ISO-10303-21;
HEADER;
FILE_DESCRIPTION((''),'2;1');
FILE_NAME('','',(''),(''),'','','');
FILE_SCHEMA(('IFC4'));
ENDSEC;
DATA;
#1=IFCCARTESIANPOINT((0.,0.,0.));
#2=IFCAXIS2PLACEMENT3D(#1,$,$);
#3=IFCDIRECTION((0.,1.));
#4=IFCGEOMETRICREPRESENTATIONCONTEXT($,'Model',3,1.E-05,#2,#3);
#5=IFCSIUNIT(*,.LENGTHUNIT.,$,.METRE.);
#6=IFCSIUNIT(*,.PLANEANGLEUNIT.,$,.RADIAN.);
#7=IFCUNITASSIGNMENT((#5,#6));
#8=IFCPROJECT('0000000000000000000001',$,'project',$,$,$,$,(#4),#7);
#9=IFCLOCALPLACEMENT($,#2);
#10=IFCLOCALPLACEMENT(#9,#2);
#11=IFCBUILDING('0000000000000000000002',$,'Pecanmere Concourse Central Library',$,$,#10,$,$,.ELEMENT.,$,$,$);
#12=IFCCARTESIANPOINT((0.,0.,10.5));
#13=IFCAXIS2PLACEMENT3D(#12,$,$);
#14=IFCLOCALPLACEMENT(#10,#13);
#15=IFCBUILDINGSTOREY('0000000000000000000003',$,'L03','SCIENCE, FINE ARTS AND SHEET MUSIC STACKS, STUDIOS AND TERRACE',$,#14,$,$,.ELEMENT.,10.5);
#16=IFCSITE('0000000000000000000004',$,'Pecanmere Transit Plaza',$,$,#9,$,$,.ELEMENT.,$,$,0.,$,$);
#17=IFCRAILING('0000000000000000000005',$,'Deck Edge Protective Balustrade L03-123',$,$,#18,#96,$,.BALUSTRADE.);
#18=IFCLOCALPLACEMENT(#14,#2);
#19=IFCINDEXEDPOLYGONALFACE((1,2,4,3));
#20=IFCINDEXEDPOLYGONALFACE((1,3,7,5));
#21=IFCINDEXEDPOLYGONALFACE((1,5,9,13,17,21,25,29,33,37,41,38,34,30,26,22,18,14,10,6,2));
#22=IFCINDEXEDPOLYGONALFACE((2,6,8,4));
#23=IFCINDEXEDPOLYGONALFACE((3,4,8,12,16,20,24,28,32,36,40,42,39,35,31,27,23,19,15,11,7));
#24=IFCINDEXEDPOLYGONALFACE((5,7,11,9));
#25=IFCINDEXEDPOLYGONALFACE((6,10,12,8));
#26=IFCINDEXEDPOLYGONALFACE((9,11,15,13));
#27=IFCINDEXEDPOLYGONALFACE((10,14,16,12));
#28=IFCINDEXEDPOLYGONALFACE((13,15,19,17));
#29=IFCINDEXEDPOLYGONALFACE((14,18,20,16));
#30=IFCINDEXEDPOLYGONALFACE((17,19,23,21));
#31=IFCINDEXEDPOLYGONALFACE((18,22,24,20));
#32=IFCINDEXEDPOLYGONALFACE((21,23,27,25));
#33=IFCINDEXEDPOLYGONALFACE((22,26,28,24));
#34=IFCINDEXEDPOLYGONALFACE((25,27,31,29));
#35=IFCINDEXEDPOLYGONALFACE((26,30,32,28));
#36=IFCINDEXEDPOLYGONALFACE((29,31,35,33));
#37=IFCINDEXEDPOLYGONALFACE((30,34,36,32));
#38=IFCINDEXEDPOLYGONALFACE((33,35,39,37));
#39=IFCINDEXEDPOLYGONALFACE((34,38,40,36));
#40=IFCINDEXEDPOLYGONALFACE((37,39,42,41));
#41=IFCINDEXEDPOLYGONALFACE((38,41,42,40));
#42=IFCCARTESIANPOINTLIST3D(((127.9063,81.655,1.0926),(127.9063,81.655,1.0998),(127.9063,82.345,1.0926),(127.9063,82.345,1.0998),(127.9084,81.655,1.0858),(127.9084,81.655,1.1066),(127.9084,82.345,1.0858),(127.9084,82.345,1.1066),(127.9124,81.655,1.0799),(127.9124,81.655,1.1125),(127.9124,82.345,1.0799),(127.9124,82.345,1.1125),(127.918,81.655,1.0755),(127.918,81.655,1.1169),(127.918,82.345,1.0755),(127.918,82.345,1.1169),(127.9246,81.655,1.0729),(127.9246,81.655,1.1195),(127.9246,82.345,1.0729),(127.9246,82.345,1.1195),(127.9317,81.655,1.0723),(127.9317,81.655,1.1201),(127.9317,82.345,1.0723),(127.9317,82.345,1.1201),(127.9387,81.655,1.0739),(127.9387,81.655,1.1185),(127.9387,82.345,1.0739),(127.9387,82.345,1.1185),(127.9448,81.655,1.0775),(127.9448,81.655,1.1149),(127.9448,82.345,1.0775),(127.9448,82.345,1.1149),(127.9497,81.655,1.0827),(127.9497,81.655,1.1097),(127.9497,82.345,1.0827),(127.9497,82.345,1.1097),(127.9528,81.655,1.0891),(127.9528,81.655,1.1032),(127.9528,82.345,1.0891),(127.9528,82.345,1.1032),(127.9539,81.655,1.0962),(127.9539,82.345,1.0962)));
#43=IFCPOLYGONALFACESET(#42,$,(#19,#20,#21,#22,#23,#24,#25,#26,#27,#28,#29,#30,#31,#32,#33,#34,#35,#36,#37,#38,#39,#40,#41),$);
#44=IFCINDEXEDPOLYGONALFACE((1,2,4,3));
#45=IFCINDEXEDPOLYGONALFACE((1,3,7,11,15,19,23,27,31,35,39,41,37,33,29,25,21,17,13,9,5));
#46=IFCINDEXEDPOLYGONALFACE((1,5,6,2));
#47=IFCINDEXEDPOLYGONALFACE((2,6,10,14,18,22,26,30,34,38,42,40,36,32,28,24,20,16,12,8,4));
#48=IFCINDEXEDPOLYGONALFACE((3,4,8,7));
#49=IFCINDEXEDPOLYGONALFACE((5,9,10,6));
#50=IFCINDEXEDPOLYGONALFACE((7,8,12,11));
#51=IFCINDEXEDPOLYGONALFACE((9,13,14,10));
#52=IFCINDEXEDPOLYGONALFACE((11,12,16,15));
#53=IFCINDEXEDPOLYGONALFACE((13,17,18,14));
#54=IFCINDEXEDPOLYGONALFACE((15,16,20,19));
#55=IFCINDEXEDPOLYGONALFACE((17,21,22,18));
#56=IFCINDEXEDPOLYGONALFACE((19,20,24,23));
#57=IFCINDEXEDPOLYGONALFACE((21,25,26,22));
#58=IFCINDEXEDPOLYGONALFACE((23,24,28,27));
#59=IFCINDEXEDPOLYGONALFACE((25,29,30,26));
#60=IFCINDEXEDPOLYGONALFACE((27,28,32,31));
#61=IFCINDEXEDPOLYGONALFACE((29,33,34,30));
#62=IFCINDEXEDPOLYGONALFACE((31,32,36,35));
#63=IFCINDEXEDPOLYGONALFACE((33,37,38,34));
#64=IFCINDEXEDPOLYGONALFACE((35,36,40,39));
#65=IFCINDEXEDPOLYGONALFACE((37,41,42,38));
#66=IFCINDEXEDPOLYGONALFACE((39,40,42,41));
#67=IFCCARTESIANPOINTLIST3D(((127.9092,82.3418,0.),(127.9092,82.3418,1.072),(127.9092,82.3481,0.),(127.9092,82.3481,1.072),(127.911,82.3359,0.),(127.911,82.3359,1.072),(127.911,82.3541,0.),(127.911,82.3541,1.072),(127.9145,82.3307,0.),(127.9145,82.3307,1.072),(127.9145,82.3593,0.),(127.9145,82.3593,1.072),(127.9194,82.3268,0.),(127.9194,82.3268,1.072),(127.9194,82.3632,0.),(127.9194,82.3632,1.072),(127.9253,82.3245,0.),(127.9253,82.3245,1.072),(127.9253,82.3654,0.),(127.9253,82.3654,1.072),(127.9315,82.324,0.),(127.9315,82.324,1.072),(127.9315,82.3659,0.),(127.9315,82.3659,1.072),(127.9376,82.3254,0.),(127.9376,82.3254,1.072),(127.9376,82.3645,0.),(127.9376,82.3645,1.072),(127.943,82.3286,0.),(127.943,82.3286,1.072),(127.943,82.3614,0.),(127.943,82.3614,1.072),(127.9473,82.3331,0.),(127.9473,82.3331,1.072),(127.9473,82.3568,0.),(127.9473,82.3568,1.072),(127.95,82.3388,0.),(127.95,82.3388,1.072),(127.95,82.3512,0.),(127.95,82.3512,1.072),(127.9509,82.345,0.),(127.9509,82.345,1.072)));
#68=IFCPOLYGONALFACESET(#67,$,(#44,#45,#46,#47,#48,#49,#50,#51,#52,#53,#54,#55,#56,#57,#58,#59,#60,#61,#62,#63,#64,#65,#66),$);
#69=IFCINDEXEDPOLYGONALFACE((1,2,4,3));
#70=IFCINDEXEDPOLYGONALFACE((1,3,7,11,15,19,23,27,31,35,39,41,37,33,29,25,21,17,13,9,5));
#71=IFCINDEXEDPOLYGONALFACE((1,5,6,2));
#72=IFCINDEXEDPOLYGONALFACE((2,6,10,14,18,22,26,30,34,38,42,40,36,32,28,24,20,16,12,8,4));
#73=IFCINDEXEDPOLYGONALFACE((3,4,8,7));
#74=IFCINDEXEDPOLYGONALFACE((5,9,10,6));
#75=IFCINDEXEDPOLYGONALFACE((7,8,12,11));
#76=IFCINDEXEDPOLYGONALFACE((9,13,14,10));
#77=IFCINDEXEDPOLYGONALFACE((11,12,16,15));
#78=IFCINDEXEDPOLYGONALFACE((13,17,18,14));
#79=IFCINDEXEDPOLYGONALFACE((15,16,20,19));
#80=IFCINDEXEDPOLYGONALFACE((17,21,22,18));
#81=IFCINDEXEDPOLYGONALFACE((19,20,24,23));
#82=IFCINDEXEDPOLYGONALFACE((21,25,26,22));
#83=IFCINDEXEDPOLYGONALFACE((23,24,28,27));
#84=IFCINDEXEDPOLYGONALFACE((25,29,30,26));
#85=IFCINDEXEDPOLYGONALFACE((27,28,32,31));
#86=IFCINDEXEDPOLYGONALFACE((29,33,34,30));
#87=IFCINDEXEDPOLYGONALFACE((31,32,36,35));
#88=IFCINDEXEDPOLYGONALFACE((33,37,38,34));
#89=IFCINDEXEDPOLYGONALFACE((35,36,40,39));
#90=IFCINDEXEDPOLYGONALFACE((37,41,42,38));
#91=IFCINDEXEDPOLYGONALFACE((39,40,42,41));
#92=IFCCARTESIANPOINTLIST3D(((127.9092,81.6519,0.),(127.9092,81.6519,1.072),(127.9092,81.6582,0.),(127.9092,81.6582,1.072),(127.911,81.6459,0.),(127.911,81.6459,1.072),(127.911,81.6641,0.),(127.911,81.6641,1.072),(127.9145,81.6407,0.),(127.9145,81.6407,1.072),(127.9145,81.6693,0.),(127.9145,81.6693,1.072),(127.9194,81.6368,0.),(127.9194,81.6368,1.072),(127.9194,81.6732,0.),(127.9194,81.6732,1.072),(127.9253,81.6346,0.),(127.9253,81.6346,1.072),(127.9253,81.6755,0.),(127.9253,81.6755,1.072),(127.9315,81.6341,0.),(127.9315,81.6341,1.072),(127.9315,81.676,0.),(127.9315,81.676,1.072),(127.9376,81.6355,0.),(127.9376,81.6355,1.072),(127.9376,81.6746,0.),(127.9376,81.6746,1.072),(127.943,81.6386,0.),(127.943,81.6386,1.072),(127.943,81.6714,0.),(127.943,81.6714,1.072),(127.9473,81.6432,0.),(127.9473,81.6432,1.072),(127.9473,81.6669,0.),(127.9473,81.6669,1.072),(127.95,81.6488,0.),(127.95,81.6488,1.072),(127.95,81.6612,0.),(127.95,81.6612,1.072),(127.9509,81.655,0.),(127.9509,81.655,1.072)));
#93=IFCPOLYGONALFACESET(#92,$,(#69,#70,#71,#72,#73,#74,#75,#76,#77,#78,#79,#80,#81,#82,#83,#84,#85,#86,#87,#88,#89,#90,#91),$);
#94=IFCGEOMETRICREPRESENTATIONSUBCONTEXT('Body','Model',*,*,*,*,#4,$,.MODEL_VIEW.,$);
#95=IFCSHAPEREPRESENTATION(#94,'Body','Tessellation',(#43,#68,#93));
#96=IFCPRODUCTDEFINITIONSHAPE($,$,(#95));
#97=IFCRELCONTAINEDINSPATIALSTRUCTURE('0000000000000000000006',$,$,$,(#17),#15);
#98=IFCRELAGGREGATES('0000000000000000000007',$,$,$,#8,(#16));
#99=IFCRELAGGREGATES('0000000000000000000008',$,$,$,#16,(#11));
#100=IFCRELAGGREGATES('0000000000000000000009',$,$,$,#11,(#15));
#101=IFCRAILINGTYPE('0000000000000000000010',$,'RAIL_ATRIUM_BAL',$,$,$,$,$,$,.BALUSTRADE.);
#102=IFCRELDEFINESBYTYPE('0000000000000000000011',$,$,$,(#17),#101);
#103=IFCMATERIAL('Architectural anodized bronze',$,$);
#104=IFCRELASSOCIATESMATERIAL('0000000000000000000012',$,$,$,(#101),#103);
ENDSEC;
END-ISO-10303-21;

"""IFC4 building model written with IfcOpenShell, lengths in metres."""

from ifc_helpers import new_model, si_unit, direction, frame, origin, origin_2d, place, context, subcontext, project, spatial, circle, extrude, material, type_object, element, save


model = new_model("IFC4")

# Units and contexts
model_context = context("Model", 3, precision=1e-05, world=origin(), true_north=direction((0.0, 1.0)))
body_context = subcontext(model_context, "Body", "Model", "MODEL_VIEW")
ifc_project = project(units=[si_unit("LENGTHUNIT", "METRE"), si_unit("PLANEANGLEUNIT", "RADIAN")], contexts=[model_context])

# Site, building, storey
site_placement = place(None, origin())
site = spatial("IfcSite", under=ifc_project, at=site_placement, Name="Pecanmere Transit Plaza", CompositionType="ELEMENT", RefElevation=0.0)
building_placement = place(site_placement, origin())
building = spatial("IfcBuilding", under=site, at=building_placement, Name="Pecanmere Concourse Central Library", CompositionType="ELEMENT")
storey_placement = place(building_placement, frame((0.0, 0.0, 10.5)))
storey = spatial("IfcBuildingStorey", under=building, at=storey_placement, Name="L03", Description="SCIENCE, FINE ARTS AND SHEET MUSIC STACKS, STUDIOS AND TERRACE", CompositionType="ELEMENT", Elevation=10.5)

# Railing
ifc_material_1 = material(Name="Architectural anodized bronze")
railing_type = type_object("IfcRailingType", Name="RAIL_ATRIUM_BAL", PredefinedType="BALUSTRADE", material=ifc_material_1)
railing_placement = place(storey_placement, frame((127.9299, 82.345, 0.0)))
element("IfcRailing", 1, at=railing_placement, inside=storey, type_object=railing_type, Name="Deck Edge Protective Balustrade L03-123", PredefinedType="BALUSTRADE", context=body_context, shape_type="SweptSolid", body=[
    extrude(circle(Radius=0.0239, at=origin_2d()), frame((0.0, 0.0, 1.0962), z_axis=(0.0, -1.0, 0.0), x_axis=(1.0, 0.0, 0.0)), (0.0, 0.0, 1.0), 0.6899),
    extrude(circle(Radius=0.021, at=origin_2d()), origin(), (0.0, 0.0, 1.0), 1.072),
    extrude(circle(Radius=0.021, at=origin_2d()), frame((0.0, -0.6899, 0.0)), (0.0, 0.0, 1.0), 1.072),
])

save(model, "model.ifc")
